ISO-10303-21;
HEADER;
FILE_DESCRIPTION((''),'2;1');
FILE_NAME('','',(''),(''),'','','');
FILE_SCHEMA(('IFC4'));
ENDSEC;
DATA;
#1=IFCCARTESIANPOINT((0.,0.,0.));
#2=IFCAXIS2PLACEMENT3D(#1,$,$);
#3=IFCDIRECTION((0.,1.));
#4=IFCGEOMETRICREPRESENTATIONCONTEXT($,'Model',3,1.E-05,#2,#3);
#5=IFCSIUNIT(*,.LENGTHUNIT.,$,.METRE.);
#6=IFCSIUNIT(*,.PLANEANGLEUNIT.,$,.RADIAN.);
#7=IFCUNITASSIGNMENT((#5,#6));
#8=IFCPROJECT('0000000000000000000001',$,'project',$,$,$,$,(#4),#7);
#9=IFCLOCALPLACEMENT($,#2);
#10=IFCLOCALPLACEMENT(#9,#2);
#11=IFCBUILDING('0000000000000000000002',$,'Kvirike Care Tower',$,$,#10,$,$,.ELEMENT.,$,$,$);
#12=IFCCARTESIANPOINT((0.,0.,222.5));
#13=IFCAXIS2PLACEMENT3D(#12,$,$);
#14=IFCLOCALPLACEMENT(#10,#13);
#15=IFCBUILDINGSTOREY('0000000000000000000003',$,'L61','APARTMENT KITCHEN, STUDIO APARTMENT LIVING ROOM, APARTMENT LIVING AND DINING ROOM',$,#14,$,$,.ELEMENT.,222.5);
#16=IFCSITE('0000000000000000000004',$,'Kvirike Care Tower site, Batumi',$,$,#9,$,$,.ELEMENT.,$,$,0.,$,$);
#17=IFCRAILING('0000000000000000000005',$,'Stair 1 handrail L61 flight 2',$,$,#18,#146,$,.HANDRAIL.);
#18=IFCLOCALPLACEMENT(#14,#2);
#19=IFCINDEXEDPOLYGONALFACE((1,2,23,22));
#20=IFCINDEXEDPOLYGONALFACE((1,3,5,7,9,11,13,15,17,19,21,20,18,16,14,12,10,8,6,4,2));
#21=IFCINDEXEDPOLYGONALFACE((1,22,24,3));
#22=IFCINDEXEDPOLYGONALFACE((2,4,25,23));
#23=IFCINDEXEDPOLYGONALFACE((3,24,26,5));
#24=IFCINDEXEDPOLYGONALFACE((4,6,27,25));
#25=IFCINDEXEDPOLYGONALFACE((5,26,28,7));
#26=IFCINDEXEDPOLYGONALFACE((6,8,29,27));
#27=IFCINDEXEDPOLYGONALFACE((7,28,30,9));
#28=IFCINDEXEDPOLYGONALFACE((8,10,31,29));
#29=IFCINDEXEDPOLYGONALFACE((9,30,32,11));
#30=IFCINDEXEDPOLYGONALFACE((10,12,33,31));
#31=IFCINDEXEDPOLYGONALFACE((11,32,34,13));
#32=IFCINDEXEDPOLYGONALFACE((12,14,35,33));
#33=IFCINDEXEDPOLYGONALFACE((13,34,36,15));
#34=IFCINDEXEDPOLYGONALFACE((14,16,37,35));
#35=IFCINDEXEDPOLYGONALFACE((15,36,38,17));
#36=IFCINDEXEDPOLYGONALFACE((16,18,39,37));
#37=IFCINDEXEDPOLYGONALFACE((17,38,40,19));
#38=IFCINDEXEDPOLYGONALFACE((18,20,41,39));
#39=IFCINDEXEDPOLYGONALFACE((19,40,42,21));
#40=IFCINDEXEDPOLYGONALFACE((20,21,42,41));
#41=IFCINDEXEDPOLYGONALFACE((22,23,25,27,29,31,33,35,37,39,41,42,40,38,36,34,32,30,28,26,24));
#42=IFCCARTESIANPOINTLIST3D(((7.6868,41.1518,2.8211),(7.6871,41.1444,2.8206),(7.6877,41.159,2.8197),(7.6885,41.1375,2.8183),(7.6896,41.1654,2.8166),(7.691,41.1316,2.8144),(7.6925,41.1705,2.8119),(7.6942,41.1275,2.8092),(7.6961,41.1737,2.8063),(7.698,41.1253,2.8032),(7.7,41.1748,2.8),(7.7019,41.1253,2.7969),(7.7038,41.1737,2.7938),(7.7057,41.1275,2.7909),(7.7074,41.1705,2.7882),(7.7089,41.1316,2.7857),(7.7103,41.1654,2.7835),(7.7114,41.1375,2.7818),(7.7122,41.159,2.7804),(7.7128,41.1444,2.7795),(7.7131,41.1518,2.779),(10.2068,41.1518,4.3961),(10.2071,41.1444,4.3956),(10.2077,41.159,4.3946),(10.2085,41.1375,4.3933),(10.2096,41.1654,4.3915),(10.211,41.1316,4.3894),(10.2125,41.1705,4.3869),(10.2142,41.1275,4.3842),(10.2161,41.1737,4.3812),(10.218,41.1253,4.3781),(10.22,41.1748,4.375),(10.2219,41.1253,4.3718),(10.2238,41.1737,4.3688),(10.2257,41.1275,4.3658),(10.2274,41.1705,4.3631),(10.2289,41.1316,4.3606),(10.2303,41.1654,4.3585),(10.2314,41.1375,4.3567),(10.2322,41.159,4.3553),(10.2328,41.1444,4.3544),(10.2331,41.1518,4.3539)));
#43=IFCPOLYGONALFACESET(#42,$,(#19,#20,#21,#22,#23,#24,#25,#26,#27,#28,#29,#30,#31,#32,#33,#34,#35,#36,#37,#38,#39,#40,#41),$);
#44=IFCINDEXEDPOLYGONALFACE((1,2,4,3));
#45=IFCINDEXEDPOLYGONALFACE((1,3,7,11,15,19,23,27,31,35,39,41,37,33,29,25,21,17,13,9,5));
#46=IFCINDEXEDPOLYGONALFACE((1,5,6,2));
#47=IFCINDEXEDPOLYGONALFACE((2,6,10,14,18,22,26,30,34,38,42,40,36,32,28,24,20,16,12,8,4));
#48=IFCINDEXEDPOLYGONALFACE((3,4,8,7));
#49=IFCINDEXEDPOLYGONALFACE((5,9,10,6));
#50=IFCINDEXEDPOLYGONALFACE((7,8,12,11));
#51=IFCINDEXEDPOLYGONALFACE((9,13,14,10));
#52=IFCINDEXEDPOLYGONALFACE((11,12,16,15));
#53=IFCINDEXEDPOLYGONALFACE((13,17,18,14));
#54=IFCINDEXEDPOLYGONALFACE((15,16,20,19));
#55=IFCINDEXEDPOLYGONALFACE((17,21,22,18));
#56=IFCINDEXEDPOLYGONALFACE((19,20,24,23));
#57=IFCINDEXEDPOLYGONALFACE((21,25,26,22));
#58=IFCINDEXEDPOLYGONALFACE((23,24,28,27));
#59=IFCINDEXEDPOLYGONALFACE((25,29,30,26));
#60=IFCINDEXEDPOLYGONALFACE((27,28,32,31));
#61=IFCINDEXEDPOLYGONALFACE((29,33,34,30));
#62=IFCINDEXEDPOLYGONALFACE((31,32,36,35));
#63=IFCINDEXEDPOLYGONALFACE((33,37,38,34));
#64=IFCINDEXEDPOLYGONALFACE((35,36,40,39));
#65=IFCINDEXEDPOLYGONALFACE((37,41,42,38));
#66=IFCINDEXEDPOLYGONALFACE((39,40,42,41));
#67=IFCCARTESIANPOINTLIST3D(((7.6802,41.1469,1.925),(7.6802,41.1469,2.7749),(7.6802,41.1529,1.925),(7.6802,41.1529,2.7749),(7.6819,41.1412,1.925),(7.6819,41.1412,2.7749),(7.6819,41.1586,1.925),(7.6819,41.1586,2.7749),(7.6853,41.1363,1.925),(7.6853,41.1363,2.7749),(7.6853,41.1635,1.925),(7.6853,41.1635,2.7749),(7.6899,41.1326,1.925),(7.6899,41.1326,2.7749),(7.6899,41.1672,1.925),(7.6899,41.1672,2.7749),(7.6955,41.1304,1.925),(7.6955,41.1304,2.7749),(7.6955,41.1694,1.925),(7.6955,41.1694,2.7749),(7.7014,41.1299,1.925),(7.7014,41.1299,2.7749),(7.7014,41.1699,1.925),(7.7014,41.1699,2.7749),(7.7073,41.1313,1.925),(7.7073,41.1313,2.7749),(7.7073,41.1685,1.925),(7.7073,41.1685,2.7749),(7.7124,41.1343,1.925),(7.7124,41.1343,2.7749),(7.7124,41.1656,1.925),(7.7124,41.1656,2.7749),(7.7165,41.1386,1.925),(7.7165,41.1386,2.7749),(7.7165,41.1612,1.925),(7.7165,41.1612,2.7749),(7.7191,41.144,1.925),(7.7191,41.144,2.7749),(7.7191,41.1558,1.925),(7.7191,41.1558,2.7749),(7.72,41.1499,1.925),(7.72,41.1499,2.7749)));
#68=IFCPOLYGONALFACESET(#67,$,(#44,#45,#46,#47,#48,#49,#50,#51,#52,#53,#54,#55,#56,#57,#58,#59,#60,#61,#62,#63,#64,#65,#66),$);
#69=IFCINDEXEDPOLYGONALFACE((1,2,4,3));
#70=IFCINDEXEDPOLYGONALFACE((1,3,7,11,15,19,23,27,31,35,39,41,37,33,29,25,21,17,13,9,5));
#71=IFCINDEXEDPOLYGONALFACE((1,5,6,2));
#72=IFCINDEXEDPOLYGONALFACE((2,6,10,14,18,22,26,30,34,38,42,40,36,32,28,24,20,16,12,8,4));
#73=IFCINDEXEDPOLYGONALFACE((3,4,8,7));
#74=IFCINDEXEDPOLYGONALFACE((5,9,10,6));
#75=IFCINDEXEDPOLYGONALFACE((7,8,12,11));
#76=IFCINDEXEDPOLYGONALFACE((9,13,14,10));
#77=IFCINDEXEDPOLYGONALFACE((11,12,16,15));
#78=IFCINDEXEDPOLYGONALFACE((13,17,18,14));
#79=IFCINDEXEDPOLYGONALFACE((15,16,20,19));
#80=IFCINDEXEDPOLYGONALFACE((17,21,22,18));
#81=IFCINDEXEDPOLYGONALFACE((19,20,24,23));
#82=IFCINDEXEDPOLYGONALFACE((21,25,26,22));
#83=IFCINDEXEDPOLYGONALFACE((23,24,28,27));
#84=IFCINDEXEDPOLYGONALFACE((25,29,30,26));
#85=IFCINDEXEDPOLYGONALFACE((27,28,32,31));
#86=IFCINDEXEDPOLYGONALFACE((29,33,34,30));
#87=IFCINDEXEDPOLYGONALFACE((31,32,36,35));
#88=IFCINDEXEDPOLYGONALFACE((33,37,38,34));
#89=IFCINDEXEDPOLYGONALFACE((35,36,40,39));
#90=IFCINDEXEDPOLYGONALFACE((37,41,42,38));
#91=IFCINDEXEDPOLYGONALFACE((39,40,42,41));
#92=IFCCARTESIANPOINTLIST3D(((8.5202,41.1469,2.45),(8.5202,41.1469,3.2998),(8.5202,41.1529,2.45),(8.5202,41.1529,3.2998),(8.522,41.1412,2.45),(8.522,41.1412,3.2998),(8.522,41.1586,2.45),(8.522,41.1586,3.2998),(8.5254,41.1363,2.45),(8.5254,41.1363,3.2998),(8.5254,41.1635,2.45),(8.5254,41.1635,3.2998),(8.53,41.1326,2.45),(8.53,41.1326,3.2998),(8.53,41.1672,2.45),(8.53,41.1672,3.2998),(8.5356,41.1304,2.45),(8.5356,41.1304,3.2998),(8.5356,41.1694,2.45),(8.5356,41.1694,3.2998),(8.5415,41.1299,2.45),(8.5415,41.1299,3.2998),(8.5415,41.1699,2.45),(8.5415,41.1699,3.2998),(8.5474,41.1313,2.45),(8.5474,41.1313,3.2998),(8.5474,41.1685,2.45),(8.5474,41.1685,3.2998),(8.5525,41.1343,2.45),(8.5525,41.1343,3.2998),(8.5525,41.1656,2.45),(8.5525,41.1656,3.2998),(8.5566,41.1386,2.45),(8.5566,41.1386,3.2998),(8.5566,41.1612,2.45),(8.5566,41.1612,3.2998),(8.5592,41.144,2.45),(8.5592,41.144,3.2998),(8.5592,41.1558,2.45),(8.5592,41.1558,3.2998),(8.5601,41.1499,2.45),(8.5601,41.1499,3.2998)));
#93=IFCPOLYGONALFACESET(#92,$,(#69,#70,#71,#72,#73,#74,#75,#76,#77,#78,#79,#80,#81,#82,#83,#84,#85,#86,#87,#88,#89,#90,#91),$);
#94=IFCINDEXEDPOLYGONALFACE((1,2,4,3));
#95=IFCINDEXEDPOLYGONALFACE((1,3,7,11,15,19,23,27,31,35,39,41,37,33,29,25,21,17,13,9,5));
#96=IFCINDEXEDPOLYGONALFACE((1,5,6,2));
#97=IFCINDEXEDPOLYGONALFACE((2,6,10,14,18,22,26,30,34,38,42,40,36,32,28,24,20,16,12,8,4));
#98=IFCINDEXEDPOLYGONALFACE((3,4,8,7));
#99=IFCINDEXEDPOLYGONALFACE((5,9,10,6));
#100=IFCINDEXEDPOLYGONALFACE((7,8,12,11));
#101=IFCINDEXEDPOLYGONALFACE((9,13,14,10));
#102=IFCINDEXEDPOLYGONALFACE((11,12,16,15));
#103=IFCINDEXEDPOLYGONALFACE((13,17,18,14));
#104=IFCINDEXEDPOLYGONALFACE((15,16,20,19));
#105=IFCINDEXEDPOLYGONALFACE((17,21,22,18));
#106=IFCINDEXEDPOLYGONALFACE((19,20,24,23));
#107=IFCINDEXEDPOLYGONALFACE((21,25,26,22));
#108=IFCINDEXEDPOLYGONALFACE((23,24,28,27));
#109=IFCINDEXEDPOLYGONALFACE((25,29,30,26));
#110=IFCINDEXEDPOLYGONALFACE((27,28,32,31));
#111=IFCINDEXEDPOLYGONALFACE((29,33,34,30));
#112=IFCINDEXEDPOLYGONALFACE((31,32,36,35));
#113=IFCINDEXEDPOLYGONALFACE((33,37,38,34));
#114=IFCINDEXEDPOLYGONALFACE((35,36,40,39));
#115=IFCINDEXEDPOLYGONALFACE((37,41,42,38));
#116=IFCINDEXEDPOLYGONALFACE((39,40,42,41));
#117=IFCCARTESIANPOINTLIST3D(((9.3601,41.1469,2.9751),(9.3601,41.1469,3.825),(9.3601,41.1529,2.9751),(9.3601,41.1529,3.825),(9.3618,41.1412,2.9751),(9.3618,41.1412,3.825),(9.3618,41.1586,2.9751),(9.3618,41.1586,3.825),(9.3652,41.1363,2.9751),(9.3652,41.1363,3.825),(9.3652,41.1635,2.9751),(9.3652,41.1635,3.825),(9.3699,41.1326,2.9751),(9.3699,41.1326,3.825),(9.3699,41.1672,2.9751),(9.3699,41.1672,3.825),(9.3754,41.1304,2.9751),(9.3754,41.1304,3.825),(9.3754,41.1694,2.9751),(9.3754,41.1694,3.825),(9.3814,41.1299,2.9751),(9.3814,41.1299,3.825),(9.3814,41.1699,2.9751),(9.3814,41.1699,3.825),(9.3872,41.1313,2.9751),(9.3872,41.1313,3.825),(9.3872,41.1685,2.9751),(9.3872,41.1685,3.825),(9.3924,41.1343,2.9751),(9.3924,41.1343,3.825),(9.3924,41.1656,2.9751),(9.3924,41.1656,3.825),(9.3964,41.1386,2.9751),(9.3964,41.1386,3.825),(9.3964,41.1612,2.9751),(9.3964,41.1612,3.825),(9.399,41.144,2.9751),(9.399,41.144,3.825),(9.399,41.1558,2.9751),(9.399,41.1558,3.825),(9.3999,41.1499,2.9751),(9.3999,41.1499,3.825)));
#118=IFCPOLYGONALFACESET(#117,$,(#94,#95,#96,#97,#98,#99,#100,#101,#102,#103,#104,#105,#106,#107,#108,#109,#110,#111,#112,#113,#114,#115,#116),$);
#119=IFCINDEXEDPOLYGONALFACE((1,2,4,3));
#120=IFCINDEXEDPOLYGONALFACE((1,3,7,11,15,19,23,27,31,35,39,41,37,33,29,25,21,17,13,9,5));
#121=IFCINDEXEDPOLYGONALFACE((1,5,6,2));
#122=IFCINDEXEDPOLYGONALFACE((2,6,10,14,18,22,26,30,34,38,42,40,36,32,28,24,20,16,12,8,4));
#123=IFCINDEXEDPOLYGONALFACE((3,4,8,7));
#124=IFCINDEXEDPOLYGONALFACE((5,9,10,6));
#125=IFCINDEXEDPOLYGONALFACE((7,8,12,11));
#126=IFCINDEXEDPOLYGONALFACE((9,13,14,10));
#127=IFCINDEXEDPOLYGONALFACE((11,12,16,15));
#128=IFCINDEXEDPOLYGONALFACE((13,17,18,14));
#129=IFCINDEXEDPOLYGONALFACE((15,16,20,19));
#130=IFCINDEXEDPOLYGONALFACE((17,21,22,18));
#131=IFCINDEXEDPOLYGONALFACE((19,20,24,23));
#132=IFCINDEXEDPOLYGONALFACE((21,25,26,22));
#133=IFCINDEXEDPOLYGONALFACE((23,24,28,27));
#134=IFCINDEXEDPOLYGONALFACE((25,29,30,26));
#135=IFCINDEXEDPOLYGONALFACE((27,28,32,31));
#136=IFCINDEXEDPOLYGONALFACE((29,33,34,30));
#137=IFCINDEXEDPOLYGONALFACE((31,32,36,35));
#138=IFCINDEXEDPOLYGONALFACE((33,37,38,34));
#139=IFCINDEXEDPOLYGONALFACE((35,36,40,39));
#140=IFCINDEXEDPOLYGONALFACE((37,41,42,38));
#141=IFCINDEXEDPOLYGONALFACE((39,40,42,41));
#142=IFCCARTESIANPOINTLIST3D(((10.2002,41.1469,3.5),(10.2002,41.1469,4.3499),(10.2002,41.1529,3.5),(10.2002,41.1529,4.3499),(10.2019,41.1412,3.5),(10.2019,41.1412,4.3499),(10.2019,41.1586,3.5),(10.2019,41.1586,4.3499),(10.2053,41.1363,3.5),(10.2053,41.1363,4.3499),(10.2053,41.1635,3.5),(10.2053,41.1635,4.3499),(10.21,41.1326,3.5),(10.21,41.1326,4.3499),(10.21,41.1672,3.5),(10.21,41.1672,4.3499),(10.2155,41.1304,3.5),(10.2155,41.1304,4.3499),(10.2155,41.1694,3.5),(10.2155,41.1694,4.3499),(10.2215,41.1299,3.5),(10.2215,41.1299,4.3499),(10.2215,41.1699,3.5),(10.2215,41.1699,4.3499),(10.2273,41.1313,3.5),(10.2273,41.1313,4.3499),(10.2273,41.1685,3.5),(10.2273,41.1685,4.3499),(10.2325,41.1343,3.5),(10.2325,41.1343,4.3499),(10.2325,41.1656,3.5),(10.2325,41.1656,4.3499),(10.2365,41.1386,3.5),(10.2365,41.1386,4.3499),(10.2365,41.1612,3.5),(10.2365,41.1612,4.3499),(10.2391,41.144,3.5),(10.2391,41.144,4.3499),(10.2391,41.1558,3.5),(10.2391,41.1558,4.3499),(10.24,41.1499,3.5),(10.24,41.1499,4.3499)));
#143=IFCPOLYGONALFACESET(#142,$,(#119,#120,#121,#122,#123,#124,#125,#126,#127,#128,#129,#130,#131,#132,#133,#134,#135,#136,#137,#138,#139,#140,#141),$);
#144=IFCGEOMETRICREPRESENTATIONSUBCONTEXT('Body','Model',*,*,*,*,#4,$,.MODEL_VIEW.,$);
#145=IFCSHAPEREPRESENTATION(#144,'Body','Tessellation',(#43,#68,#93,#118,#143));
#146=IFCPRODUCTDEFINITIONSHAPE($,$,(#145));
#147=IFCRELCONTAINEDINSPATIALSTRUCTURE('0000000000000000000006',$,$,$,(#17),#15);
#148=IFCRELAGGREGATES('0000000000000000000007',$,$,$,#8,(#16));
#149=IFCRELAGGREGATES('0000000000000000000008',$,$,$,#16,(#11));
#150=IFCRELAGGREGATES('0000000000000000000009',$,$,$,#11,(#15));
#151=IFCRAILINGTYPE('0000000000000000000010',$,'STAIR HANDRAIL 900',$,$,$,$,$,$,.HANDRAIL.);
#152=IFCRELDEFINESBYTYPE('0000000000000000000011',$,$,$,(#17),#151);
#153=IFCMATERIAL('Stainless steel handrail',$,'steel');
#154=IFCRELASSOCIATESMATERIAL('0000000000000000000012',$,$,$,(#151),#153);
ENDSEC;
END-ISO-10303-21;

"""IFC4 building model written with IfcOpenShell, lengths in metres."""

from ifc_helpers import new_model, si_unit, direction, frame, origin, origin_2d, place, context, subcontext, project, spatial, circle, extrude, material, type_object, element, save


model = new_model("IFC4")

# Units and contexts
model_context = context("Model", 3, precision=1e-05, world=origin(), true_north=direction((0.0, 1.0)))
body_context = subcontext(model_context, "Body", "Model", "MODEL_VIEW")
ifc_project = project(units=[si_unit("LENGTHUNIT", "METRE"), si_unit("PLANEANGLEUNIT", "RADIAN")], contexts=[model_context])

# Site, building, storey
site_placement = place(None, origin())
site = spatial("IfcSite", under=ifc_project, at=site_placement, Name="Kvirike Care Tower site, Batumi", CompositionType="ELEMENT", RefElevation=0.0)
building_placement = place(site_placement, origin())
building = spatial("IfcBuilding", under=site, at=building_placement, Name="Kvirike Care Tower", CompositionType="ELEMENT")
storey_placement = place(building_placement, frame((0.0, 0.0, 222.5)))
storey = spatial("IfcBuildingStorey", under=building, at=storey_placement, Name="L61", Description="APARTMENT KITCHEN, STUDIO APARTMENT LIVING ROOM, APARTMENT LIVING AND DINING ROOM", CompositionType="ELEMENT", Elevation=222.5)

# Railing
ifc_material_1 = material(Name="Stainless steel handrail", Category="steel")
railing_type = type_object("IfcRailingType", Name="STAIR HANDRAIL 900", PredefinedType="HANDRAIL", material=ifc_material_1)
railing_1_placement = place(storey_placement, frame((7.7, 41.1499, 1.925)))
element("IfcRailing", 1, at=railing_1_placement, inside=storey, type_object=railing_type, Name="Stair 1 handrail L61 flight 2", PredefinedType="HANDRAIL", context=body_context, shape_type="SweptSolid", body=[
    extrude(circle(Radius=0.0249, at=origin_2d()), frame((0.0, 0.0, 0.875), z_axis=(0.848008, 0.0, 0.529984), x_axis=(0.0, 1.0, 0.0)), (0.0, 0.0, 1.0), 2.9717),
    extrude(circle(Radius=0.02, at=origin_2d()), origin(), (0.0, 0.0, 1.0), 0.8499),
    extrude(circle(Radius=0.02, at=origin_2d()), frame((0.8401, 0.0, 0.5249)), (0.0, 0.0, 1.0), 0.8499),
    extrude(circle(Radius=0.02, at=origin_2d()), frame((1.6799, 0.0, 1.05)), (0.0, 0.0, 1.0), 0.8499),
    extrude(circle(Radius=0.02, at=origin_2d()), frame((2.52, 0.0, 1.575)), (0.0, 0.0, 1.0), 0.8499),
])

save(model, "model.ifc")
